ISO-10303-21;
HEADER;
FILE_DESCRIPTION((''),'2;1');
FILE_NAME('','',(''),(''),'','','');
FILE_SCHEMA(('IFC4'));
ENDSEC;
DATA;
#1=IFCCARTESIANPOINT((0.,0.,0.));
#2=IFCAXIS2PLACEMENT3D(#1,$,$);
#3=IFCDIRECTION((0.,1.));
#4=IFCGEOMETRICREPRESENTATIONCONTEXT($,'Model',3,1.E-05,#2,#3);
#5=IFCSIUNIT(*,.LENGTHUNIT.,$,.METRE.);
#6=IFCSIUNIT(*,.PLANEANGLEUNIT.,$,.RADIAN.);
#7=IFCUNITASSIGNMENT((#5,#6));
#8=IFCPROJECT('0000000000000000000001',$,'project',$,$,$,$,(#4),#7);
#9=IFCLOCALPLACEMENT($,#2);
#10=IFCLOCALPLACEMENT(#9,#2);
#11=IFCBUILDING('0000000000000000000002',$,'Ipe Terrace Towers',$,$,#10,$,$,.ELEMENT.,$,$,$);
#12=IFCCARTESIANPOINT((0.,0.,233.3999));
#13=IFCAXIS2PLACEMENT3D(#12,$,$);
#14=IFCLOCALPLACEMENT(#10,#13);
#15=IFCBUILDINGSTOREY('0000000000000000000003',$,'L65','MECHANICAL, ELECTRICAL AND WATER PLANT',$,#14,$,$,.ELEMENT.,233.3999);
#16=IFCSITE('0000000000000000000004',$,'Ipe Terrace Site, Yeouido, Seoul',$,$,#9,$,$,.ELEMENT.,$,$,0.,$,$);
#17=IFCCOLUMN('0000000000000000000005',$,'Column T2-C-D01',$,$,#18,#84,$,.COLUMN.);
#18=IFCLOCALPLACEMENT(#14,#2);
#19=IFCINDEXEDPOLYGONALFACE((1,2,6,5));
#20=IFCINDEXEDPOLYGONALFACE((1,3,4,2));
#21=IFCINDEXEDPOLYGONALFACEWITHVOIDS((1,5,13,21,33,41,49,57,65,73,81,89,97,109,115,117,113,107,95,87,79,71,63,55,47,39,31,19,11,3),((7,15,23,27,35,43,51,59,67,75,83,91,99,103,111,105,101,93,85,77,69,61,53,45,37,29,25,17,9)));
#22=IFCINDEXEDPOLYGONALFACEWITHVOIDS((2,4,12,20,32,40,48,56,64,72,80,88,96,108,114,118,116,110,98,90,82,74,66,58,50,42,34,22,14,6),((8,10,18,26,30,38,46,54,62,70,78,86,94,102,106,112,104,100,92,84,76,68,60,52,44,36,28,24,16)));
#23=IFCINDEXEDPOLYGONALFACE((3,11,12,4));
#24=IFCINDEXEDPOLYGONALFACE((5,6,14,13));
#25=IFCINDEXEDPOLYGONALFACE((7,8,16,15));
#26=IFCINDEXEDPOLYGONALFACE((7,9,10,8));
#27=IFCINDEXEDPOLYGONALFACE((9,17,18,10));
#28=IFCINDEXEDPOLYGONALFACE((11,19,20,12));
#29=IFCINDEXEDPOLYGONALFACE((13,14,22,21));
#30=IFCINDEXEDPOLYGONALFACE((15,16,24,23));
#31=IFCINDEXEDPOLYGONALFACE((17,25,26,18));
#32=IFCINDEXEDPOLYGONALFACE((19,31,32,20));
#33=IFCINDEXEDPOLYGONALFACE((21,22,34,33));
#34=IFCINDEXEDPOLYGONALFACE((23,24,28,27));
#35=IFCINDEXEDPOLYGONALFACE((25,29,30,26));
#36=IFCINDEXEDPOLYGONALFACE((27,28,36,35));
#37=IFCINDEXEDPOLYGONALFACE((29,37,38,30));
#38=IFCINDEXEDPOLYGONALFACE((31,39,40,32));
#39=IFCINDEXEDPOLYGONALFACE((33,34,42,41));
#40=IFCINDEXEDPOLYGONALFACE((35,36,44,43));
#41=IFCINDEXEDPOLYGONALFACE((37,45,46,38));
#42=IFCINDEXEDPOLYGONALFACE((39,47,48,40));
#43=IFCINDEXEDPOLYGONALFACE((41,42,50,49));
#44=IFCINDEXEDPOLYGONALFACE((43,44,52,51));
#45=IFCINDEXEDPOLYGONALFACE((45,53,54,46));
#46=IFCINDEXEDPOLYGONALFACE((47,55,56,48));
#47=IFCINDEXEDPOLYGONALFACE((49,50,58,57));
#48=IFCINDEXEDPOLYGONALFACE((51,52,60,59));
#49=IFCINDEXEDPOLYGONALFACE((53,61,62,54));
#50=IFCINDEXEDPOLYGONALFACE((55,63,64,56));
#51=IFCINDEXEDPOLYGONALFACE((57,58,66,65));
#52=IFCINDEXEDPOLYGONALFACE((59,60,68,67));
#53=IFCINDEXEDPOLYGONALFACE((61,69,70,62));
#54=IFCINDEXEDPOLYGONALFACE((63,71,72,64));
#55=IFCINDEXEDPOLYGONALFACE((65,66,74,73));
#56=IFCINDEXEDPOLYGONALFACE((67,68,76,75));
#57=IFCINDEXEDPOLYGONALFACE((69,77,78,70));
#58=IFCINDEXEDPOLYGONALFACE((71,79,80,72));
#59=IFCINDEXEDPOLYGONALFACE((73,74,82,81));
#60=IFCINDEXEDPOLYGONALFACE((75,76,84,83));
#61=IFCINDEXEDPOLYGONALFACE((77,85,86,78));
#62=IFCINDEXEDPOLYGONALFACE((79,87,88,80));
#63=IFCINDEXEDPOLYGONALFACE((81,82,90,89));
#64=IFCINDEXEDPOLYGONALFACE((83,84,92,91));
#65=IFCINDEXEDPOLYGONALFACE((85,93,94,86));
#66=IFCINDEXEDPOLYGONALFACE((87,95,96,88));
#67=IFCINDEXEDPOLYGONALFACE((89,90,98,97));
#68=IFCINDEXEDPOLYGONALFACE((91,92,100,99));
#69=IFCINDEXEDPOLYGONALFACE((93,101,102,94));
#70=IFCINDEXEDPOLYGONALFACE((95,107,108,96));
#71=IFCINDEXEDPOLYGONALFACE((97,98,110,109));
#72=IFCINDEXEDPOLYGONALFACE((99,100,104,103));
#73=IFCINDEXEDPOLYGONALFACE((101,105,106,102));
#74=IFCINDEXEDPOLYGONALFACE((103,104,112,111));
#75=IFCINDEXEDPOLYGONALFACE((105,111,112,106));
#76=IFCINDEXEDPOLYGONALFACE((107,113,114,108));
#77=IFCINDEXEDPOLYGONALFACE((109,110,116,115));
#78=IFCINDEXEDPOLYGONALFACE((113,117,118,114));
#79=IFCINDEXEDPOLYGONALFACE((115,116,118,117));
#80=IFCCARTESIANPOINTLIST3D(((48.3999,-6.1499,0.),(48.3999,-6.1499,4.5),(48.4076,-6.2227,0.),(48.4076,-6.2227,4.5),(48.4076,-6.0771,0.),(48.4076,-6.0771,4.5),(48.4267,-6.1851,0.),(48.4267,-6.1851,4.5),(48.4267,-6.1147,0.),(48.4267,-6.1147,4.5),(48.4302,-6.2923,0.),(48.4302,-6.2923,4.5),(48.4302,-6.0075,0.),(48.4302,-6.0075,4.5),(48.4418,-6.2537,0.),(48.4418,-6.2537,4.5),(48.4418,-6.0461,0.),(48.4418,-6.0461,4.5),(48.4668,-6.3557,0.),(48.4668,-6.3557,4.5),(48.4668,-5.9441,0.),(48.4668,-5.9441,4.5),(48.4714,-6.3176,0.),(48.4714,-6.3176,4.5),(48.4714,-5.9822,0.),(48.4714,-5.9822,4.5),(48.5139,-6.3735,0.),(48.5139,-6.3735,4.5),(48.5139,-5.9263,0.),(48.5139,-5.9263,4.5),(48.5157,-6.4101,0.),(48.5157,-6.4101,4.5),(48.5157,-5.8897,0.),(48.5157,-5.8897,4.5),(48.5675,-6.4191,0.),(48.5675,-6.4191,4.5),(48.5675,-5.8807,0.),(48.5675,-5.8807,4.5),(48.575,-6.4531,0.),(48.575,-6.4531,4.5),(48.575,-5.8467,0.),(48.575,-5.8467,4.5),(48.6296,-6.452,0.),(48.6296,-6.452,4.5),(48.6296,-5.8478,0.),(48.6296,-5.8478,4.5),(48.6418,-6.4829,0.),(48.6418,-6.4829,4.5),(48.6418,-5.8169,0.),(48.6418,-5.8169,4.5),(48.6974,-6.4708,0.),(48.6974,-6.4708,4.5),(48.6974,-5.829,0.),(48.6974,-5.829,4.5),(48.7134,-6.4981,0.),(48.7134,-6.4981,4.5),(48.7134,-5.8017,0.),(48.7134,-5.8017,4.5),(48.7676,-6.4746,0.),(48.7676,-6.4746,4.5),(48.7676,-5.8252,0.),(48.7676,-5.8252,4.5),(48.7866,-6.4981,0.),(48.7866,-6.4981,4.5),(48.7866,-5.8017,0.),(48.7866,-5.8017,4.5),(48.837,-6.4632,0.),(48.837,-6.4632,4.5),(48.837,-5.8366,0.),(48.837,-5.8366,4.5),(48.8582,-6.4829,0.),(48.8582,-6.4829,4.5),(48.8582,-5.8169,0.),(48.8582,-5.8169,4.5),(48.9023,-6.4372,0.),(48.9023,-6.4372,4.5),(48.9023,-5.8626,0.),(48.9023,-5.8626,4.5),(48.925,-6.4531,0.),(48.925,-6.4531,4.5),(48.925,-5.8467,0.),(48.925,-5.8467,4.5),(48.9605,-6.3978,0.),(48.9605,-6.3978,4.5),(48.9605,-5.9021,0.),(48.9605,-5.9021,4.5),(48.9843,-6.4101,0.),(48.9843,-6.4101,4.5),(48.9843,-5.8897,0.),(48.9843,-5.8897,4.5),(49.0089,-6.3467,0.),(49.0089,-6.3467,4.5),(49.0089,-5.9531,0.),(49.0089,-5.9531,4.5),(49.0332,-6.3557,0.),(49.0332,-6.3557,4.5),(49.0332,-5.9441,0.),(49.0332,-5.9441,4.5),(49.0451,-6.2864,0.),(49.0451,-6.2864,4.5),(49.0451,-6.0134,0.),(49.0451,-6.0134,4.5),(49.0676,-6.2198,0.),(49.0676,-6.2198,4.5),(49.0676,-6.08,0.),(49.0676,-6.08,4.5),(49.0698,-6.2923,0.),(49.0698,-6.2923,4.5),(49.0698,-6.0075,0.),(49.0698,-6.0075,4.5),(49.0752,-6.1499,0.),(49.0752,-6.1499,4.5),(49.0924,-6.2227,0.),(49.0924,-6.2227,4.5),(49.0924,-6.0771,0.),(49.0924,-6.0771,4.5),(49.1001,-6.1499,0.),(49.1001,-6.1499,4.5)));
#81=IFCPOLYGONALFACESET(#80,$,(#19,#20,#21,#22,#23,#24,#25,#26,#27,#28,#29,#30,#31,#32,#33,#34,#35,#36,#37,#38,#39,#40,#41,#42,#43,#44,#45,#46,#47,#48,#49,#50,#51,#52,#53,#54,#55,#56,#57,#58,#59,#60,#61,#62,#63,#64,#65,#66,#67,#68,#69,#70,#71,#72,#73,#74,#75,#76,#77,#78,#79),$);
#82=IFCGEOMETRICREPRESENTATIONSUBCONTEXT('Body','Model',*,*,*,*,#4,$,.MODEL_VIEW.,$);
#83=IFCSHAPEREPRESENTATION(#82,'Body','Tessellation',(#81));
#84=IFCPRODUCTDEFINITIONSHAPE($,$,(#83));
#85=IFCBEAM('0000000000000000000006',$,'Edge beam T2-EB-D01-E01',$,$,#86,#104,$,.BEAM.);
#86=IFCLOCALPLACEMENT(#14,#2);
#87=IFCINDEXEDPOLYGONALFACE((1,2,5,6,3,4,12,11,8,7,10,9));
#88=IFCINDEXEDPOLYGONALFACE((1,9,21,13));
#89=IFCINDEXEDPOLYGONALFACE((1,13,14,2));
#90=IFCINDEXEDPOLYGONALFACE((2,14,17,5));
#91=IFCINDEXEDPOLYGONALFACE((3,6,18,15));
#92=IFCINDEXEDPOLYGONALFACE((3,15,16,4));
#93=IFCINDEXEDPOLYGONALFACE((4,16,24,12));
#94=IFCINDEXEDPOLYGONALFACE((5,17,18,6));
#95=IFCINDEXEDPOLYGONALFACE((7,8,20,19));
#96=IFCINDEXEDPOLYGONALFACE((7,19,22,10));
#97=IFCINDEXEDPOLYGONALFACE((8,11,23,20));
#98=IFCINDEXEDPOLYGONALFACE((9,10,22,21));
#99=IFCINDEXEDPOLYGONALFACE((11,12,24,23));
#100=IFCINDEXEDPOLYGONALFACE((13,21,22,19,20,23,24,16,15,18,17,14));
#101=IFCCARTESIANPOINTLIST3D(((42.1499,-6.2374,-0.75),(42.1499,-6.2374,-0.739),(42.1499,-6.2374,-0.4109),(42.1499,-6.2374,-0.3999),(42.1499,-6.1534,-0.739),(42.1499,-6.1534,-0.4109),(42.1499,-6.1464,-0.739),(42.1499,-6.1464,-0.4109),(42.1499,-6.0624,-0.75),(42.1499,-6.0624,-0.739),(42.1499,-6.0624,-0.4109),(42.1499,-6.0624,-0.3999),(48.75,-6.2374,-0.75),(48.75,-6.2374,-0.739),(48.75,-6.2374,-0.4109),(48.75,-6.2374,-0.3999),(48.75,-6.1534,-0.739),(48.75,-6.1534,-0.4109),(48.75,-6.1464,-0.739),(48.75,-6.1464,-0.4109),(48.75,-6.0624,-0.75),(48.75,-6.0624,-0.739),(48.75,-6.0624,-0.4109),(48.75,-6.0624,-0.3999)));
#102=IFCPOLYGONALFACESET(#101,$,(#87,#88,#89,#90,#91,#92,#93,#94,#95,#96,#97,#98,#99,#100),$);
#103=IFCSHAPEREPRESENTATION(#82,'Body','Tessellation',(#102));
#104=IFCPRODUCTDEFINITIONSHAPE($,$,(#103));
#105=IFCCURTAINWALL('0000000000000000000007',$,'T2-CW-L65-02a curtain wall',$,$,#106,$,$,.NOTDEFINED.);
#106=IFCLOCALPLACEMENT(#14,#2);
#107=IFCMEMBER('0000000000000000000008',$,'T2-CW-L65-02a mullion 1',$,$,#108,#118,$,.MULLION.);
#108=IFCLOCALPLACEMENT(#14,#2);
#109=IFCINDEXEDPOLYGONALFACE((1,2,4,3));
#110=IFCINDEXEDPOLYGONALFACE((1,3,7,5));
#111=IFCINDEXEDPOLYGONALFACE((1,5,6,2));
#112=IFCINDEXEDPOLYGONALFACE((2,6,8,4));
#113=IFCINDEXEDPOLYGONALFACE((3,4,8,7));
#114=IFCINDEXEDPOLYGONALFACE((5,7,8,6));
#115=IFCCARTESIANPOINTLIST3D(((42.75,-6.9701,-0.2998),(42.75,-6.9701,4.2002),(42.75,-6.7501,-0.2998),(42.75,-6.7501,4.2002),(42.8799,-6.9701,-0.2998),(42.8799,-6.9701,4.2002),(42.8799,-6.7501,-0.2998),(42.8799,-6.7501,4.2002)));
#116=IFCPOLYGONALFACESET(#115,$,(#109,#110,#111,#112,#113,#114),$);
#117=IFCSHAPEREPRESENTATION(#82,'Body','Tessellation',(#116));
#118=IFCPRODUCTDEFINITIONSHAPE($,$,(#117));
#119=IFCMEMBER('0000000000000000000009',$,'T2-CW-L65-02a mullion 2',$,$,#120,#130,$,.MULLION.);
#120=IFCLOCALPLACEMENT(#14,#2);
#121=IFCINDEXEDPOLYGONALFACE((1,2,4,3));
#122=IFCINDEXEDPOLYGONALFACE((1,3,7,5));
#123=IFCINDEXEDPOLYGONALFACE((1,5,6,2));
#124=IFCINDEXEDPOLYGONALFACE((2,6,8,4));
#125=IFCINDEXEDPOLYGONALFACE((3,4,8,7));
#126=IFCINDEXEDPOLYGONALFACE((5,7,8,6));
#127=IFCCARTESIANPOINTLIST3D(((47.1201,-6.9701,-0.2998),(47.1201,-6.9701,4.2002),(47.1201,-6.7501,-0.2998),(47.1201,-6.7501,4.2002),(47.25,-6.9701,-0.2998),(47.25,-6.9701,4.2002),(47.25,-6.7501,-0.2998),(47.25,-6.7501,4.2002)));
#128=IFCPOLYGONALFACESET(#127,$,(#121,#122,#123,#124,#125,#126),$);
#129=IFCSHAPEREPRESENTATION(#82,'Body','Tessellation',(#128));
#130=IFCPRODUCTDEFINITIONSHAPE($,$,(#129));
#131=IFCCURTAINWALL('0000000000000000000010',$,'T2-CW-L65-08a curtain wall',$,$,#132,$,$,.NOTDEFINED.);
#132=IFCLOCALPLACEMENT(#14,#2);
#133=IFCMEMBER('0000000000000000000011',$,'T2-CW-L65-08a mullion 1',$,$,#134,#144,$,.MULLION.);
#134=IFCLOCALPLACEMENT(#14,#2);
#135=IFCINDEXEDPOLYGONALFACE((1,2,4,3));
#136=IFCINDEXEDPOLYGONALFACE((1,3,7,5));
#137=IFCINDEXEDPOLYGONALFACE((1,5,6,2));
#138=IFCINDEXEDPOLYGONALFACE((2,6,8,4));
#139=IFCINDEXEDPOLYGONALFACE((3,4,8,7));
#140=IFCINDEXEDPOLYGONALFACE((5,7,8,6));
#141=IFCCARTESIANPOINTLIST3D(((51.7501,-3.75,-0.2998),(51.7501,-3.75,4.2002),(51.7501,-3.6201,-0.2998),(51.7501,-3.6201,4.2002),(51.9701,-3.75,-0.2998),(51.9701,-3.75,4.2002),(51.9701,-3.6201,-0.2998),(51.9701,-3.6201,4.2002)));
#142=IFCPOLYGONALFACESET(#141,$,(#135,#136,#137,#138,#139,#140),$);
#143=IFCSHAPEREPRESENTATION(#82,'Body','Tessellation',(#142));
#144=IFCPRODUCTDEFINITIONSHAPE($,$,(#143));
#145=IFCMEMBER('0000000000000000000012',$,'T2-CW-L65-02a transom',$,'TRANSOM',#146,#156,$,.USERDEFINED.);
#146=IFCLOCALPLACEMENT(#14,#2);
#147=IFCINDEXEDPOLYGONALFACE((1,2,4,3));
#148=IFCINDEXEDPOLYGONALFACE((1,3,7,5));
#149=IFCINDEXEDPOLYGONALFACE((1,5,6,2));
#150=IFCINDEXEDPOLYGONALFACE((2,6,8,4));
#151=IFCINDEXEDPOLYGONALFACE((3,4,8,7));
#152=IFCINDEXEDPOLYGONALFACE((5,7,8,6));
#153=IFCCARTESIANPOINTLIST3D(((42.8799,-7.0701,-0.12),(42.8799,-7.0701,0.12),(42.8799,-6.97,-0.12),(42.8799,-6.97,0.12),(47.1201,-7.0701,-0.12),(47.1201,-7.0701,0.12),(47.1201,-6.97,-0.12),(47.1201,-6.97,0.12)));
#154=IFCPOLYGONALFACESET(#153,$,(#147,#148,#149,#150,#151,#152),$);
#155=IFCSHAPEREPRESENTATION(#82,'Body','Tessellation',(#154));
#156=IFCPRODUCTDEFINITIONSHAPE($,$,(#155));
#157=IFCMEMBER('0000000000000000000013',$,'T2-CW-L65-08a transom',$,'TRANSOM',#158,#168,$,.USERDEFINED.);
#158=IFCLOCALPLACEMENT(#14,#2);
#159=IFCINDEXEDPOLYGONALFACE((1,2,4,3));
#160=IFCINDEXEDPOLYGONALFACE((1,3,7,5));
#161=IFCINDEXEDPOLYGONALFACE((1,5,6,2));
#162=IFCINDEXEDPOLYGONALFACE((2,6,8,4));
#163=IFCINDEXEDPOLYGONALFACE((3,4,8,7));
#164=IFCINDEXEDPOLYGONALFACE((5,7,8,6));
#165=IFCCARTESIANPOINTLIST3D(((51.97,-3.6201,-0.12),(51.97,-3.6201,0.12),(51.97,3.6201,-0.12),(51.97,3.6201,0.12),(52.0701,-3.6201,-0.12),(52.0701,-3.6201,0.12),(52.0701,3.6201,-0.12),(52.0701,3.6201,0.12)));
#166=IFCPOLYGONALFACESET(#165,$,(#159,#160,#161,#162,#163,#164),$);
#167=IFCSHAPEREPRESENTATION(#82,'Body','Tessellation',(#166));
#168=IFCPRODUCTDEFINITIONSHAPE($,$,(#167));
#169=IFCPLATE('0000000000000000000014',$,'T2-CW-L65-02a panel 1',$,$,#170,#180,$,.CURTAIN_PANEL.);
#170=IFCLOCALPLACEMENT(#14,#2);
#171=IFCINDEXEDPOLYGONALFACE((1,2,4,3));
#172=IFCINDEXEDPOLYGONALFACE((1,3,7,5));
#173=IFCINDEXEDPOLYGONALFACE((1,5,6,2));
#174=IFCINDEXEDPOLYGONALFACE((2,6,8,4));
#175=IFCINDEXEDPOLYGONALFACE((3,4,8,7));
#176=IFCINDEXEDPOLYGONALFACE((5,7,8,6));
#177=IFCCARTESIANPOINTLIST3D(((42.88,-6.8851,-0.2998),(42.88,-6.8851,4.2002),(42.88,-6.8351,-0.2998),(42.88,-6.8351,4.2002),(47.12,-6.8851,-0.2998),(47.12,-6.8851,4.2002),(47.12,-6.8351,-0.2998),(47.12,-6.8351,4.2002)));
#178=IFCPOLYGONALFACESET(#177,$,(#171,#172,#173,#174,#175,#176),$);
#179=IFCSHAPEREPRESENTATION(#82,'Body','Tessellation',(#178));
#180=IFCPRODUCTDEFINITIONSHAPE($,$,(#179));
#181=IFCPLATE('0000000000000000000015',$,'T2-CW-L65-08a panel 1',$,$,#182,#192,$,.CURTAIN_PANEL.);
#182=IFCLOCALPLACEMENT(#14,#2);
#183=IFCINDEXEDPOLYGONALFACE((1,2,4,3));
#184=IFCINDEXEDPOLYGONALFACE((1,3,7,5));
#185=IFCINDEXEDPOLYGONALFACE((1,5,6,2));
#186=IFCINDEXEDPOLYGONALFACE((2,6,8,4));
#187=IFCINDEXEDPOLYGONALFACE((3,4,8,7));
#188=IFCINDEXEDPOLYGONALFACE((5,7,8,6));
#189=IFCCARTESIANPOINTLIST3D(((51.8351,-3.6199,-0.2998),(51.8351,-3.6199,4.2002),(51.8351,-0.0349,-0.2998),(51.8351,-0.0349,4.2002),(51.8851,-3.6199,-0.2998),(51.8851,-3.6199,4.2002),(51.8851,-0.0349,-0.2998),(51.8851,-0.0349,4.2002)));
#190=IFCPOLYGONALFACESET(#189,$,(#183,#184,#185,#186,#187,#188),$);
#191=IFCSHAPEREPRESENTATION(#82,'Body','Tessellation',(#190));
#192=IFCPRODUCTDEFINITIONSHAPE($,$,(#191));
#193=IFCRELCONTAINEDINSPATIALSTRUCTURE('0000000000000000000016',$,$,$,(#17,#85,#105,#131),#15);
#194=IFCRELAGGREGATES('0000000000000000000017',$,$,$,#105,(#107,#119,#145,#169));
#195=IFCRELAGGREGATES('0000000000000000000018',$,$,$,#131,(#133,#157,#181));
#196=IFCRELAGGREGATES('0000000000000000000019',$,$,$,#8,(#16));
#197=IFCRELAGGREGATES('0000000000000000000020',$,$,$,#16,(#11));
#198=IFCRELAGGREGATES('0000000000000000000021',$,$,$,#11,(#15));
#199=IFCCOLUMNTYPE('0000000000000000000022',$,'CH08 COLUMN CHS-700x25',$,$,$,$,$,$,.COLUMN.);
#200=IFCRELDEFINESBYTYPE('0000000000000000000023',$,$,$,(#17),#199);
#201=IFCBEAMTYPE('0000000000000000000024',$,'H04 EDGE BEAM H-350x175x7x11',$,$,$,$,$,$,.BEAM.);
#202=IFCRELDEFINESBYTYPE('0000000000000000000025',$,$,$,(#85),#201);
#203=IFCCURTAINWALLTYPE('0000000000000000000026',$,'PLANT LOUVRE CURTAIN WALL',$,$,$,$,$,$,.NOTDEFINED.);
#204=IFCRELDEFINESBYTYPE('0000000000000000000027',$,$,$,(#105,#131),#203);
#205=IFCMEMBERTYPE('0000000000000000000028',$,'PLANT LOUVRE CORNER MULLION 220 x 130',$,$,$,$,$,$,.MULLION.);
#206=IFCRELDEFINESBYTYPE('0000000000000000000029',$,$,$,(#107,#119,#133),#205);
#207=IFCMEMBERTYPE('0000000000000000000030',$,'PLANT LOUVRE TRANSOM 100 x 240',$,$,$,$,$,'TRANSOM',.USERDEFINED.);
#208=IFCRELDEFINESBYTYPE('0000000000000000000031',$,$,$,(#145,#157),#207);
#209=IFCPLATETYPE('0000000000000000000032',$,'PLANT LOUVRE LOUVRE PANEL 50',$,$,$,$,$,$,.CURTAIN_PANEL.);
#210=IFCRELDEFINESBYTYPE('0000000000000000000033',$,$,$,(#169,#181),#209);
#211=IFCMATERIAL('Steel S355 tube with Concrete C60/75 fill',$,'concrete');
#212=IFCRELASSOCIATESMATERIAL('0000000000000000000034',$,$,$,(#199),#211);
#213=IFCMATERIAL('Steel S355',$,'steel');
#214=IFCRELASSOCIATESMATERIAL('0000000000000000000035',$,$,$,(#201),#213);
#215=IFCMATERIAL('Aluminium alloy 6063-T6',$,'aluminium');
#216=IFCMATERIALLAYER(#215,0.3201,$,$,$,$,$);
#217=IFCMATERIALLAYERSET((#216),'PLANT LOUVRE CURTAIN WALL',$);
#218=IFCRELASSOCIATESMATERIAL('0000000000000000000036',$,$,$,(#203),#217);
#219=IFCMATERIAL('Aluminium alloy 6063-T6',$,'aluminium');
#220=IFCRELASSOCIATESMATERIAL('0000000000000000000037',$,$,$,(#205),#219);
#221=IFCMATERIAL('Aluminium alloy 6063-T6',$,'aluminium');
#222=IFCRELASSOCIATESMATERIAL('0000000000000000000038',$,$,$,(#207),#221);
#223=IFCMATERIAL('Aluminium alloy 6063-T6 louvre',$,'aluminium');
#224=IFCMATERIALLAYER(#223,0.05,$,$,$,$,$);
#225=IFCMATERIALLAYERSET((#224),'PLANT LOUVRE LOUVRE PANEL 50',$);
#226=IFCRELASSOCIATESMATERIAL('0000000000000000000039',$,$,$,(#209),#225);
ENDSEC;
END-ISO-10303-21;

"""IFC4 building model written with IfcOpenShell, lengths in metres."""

from ifc_helpers import new_model, si_unit, direction, frame, origin, origin_2d, place, context, subcontext, project, spatial, rectangle, hollow_circle, i_section, extrude, material, layer, layer_set, material_profile, profile_set, type_object, element, aggregate, save


model = new_model("IFC4")

# Units and contexts
model_context = context("Model", 3, precision=1e-05, world=origin(), true_north=direction((0.0, 1.0)))
body_context = subcontext(model_context, "Body", "Model", "MODEL_VIEW")
ifc_project = project(units=[si_unit("LENGTHUNIT", "METRE"), si_unit("PLANEANGLEUNIT", "RADIAN")], contexts=[model_context])

# Site, building, storey
site_placement = place(None, origin())
site = spatial("IfcSite", under=ifc_project, at=site_placement, Name="Ipe Terrace Site, Yeouido, Seoul", CompositionType="ELEMENT", RefElevation=0.0)
building_placement = place(site_placement, origin())
building = spatial("IfcBuilding", under=site, at=building_placement, Name="Ipe Terrace Towers", CompositionType="ELEMENT")
storey_placement = place(building_placement, frame((0.0, 0.0, 233.3999)))
storey = spatial("IfcBuildingStorey", under=building, at=storey_placement, Name="L65", Description="MECHANICAL, ELECTRICAL AND WATER PLANT", CompositionType="ELEMENT", Elevation=233.3999)

# Column
ifc_material_1 = material(Name="Steel S355 tube with Concrete C60/75 fill", Category="concrete")
ifc_material_profile_1 = material_profile(ifc_material_1, hollow_circle(Radius=0.3501, WallThickness=0.0249, at=origin_2d()), Name="CHS-700x25")
ifc_profile_set_1 = profile_set([ifc_material_profile_1], Name="Steel S355 tube with Concrete C60/75 fill")
column_type = type_object("IfcColumnType", Name="CH08 COLUMN CHS-700x25", PredefinedType="COLUMN", material=ifc_profile_set_1)
column_placement = place(storey_placement, frame((48.75, -6.1499, 0.0), z_axis=(0.0, 0.0, 1.0), x_axis=(1.0, 0.0, 0.0)))
element("IfcColumn", 1, at=column_placement, inside=storey, type_object=column_type, Name="Column T2-C-D01", PredefinedType="COLUMN", context=body_context, shape_type="SweptSolid", body=[
    extrude(hollow_circle(Radius=0.3501, WallThickness=0.0249, at=origin_2d()), origin(), (0.0, 0.0, 1.0), 4.5),
])

# Beam
ifc_material_2 = material(Name="Steel S355", Category="steel")
ifc_material_profile_2 = material_profile(ifc_material_2, i_section(OverallWidth=0.175, OverallDepth=0.3501, WebThickness=0.0071, FlangeThickness=0.011, at=origin_2d()), Name="H-350x175x7x11")
ifc_profile_set_2 = profile_set([ifc_material_profile_2], Name="Steel S355")
beam_type = type_object("IfcBeamType", Name="H04 EDGE BEAM H-350x175x7x11", PredefinedType="BEAM", material=ifc_profile_set_2)
beam_placement = place(storey_placement, frame((48.75, -6.1499, -0.575), z_axis=(-1.0, 0.0, 0.0), x_axis=(0.0, -1.0, 0.0)))
element("IfcBeam", 2, at=beam_placement, inside=storey, type_object=beam_type, Name="Edge beam T2-EB-D01-E01", PredefinedType="BEAM", context=body_context, shape_type="SweptSolid", body=[
    extrude(i_section(OverallWidth=0.175, OverallDepth=0.3501, WebThickness=0.0071, FlangeThickness=0.011, at=origin_2d()), origin(), (0.0, 0.0, 1.0), 6.6001),
])

# Curtain wall, members
ifc_material_3 = material(Name="Aluminium alloy 6063-T6", Category="aluminium")
ifc_layer_1 = layer(ifc_material_3, 0.3201)
ifc_layer_set_1 = layer_set([ifc_layer_1], Name="PLANT LOUVRE CURTAIN WALL")
curtain_wall_type = type_object("IfcCurtainWallType", Name="PLANT LOUVRE CURTAIN WALL", PredefinedType="NOTDEFINED", material=ifc_layer_set_1)
curtain_wall_1_placement = place(storey_placement, origin())
curtain_wall_1 = element("IfcCurtainWall", 3, at=curtain_wall_1_placement, inside=storey, type_object=curtain_wall_type, Name="T2-CW-L65-02a curtain wall", PredefinedType="NOTDEFINED")
ifc_material_4 = material(Name="Aluminium alloy 6063-T6", Category="aluminium")
ifc_material_profile_3 = material_profile(ifc_material_4, rectangle(XDim=0.22, YDim=0.1299, at=origin_2d()), Name="PLANT LOUVRE CORNER MULLION 220 x 130")
ifc_profile_set_3 = profile_set([ifc_material_profile_3], Name="Aluminium alloy 6063-T6")
member_type_1 = type_object("IfcMemberType", Name="PLANT LOUVRE CORNER MULLION 220 x 130", PredefinedType="MULLION", material=ifc_profile_set_3)
member_1_placement = place(storey_placement, frame((42.8149, -6.8601, -0.2998), z_axis=(0.0, 0.0, 1.0), x_axis=(0.0, -1.0, 0.0)))
member_1 = element("IfcMember", 4, at=member_1_placement, type_object=member_type_1, Name="T2-CW-L65-02a mullion 1", PredefinedType="MULLION", context=body_context, shape_type="SweptSolid", body=[
    extrude(rectangle(XDim=0.22, YDim=0.1299, at=origin_2d()), origin(), (0.0, 0.0, 1.0), 4.5),
])
member_2_placement = place(storey_placement, frame((47.1851, -6.8601, -0.2998), z_axis=(0.0, 0.0, 1.0), x_axis=(0.0, -1.0, 0.0)))
member_2 = element("IfcMember", 5, at=member_2_placement, type_object=member_type_1, Name="T2-CW-L65-02a mullion 2", PredefinedType="MULLION", context=body_context, shape_type="SweptSolid", body=[
    extrude(rectangle(XDim=0.22, YDim=0.1299, at=origin_2d()), origin(), (0.0, 0.0, 1.0), 4.5),
])

# Curtain wall, member
curtain_wall_2_placement = place(storey_placement, origin())
curtain_wall_2 = element("IfcCurtainWall", 6, at=curtain_wall_2_placement, inside=storey, type_object=curtain_wall_type, Name="T2-CW-L65-08a curtain wall", PredefinedType="NOTDEFINED")
member_3_placement = place(storey_placement, frame((51.8601, -3.6851, -0.2998), z_axis=(0.0, 0.0, 1.0), x_axis=(1.0, 0.0, 0.0)))
member_3 = element("IfcMember", 7, at=member_3_placement, type_object=member_type_1, Name="T2-CW-L65-08a mullion 1", PredefinedType="MULLION", context=body_context, shape_type="SweptSolid", body=[
    extrude(rectangle(XDim=0.22, YDim=0.1299, at=origin_2d()), origin(), (0.0, 0.0, 1.0), 4.5),
])

# Members
ifc_material_5 = material(Name="Aluminium alloy 6063-T6", Category="aluminium")
ifc_material_profile_4 = material_profile(ifc_material_5, rectangle(XDim=0.1001, YDim=0.24, at=origin_2d()), Name="PLANT LOUVRE TRANSOM 100 x 240")
ifc_profile_set_4 = profile_set([ifc_material_profile_4], Name="Aluminium alloy 6063-T6")
member_type_2 = type_object("IfcMemberType", Name="PLANT LOUVRE TRANSOM 100 x 240", ElementType="TRANSOM", PredefinedType="USERDEFINED", material=ifc_profile_set_4)
member_4_placement = place(storey_placement, frame((42.8799, -7.02, 0.0), z_axis=(1.0, 0.0, 0.0), x_axis=(0.0, -1.0, 0.0)))
member_4 = element("IfcMember", 8, at=member_4_placement, type_object=member_type_2, Name="T2-CW-L65-02a transom", ObjectType="TRANSOM", PredefinedType="USERDEFINED", context=body_context, shape_type="SweptSolid", body=[
    extrude(rectangle(XDim=0.1001, YDim=0.24, at=origin_2d()), origin(), (0.0, 0.0, 1.0), 4.2402),
])
member_5_placement = place(storey_placement, frame((52.02, -3.6201, 0.0), z_axis=(0.0, 1.0, 0.0), x_axis=(1.0, 0.0, 0.0)))
member_5 = element("IfcMember", 9, at=member_5_placement, type_object=member_type_2, Name="T2-CW-L65-08a transom", ObjectType="TRANSOM", PredefinedType="USERDEFINED", context=body_context, shape_type="SweptSolid", body=[
    extrude(rectangle(XDim=0.1001, YDim=0.24, at=origin_2d()), origin(), (0.0, 0.0, 1.0), 7.2402),
])

# Plates
ifc_material_6 = material(Name="Aluminium alloy 6063-T6 louvre", Category="aluminium")
ifc_layer_2 = layer(ifc_material_6, 0.05)
ifc_layer_set_2 = layer_set([ifc_layer_2], Name="PLANT LOUVRE LOUVRE PANEL 50")
plate_type = type_object("IfcPlateType", Name="PLANT LOUVRE LOUVRE PANEL 50", PredefinedType="CURTAIN_PANEL", material=ifc_layer_set_2)
plate_1_placement = place(storey_placement, frame((45.0, -6.8601, -0.2998), z_axis=(0.0, 0.0, 1.0), x_axis=(1.0, 0.0, 0.0)))
plate_1 = element("IfcPlate", 10, at=plate_1_placement, type_object=plate_type, Name="T2-CW-L65-02a panel 1", PredefinedType="CURTAIN_PANEL", context=body_context, shape_type="SweptSolid", body=[
    extrude(rectangle(XDim=4.24, YDim=0.05, at=origin_2d()), origin(), (0.0, 0.0, 1.0), 4.5),
])
aggregate(curtain_wall_1, [member_1, member_2, member_4, plate_1])
plate_2_placement = place(storey_placement, frame((51.8601, -1.8274, -0.2998), z_axis=(0.0, 0.0, 1.0), x_axis=(0.0, 1.0, 0.0)))
plate_2 = element("IfcPlate", 11, at=plate_2_placement, type_object=plate_type, Name="T2-CW-L65-08a panel 1", PredefinedType="CURTAIN_PANEL", context=body_context, shape_type="SweptSolid", body=[
    extrude(rectangle(XDim=3.585, YDim=0.05, at=origin_2d()), origin(), (0.0, 0.0, 1.0), 4.5),
])
aggregate(curtain_wall_2, [member_3, member_5, plate_2])

save(model, "model.ifc")
